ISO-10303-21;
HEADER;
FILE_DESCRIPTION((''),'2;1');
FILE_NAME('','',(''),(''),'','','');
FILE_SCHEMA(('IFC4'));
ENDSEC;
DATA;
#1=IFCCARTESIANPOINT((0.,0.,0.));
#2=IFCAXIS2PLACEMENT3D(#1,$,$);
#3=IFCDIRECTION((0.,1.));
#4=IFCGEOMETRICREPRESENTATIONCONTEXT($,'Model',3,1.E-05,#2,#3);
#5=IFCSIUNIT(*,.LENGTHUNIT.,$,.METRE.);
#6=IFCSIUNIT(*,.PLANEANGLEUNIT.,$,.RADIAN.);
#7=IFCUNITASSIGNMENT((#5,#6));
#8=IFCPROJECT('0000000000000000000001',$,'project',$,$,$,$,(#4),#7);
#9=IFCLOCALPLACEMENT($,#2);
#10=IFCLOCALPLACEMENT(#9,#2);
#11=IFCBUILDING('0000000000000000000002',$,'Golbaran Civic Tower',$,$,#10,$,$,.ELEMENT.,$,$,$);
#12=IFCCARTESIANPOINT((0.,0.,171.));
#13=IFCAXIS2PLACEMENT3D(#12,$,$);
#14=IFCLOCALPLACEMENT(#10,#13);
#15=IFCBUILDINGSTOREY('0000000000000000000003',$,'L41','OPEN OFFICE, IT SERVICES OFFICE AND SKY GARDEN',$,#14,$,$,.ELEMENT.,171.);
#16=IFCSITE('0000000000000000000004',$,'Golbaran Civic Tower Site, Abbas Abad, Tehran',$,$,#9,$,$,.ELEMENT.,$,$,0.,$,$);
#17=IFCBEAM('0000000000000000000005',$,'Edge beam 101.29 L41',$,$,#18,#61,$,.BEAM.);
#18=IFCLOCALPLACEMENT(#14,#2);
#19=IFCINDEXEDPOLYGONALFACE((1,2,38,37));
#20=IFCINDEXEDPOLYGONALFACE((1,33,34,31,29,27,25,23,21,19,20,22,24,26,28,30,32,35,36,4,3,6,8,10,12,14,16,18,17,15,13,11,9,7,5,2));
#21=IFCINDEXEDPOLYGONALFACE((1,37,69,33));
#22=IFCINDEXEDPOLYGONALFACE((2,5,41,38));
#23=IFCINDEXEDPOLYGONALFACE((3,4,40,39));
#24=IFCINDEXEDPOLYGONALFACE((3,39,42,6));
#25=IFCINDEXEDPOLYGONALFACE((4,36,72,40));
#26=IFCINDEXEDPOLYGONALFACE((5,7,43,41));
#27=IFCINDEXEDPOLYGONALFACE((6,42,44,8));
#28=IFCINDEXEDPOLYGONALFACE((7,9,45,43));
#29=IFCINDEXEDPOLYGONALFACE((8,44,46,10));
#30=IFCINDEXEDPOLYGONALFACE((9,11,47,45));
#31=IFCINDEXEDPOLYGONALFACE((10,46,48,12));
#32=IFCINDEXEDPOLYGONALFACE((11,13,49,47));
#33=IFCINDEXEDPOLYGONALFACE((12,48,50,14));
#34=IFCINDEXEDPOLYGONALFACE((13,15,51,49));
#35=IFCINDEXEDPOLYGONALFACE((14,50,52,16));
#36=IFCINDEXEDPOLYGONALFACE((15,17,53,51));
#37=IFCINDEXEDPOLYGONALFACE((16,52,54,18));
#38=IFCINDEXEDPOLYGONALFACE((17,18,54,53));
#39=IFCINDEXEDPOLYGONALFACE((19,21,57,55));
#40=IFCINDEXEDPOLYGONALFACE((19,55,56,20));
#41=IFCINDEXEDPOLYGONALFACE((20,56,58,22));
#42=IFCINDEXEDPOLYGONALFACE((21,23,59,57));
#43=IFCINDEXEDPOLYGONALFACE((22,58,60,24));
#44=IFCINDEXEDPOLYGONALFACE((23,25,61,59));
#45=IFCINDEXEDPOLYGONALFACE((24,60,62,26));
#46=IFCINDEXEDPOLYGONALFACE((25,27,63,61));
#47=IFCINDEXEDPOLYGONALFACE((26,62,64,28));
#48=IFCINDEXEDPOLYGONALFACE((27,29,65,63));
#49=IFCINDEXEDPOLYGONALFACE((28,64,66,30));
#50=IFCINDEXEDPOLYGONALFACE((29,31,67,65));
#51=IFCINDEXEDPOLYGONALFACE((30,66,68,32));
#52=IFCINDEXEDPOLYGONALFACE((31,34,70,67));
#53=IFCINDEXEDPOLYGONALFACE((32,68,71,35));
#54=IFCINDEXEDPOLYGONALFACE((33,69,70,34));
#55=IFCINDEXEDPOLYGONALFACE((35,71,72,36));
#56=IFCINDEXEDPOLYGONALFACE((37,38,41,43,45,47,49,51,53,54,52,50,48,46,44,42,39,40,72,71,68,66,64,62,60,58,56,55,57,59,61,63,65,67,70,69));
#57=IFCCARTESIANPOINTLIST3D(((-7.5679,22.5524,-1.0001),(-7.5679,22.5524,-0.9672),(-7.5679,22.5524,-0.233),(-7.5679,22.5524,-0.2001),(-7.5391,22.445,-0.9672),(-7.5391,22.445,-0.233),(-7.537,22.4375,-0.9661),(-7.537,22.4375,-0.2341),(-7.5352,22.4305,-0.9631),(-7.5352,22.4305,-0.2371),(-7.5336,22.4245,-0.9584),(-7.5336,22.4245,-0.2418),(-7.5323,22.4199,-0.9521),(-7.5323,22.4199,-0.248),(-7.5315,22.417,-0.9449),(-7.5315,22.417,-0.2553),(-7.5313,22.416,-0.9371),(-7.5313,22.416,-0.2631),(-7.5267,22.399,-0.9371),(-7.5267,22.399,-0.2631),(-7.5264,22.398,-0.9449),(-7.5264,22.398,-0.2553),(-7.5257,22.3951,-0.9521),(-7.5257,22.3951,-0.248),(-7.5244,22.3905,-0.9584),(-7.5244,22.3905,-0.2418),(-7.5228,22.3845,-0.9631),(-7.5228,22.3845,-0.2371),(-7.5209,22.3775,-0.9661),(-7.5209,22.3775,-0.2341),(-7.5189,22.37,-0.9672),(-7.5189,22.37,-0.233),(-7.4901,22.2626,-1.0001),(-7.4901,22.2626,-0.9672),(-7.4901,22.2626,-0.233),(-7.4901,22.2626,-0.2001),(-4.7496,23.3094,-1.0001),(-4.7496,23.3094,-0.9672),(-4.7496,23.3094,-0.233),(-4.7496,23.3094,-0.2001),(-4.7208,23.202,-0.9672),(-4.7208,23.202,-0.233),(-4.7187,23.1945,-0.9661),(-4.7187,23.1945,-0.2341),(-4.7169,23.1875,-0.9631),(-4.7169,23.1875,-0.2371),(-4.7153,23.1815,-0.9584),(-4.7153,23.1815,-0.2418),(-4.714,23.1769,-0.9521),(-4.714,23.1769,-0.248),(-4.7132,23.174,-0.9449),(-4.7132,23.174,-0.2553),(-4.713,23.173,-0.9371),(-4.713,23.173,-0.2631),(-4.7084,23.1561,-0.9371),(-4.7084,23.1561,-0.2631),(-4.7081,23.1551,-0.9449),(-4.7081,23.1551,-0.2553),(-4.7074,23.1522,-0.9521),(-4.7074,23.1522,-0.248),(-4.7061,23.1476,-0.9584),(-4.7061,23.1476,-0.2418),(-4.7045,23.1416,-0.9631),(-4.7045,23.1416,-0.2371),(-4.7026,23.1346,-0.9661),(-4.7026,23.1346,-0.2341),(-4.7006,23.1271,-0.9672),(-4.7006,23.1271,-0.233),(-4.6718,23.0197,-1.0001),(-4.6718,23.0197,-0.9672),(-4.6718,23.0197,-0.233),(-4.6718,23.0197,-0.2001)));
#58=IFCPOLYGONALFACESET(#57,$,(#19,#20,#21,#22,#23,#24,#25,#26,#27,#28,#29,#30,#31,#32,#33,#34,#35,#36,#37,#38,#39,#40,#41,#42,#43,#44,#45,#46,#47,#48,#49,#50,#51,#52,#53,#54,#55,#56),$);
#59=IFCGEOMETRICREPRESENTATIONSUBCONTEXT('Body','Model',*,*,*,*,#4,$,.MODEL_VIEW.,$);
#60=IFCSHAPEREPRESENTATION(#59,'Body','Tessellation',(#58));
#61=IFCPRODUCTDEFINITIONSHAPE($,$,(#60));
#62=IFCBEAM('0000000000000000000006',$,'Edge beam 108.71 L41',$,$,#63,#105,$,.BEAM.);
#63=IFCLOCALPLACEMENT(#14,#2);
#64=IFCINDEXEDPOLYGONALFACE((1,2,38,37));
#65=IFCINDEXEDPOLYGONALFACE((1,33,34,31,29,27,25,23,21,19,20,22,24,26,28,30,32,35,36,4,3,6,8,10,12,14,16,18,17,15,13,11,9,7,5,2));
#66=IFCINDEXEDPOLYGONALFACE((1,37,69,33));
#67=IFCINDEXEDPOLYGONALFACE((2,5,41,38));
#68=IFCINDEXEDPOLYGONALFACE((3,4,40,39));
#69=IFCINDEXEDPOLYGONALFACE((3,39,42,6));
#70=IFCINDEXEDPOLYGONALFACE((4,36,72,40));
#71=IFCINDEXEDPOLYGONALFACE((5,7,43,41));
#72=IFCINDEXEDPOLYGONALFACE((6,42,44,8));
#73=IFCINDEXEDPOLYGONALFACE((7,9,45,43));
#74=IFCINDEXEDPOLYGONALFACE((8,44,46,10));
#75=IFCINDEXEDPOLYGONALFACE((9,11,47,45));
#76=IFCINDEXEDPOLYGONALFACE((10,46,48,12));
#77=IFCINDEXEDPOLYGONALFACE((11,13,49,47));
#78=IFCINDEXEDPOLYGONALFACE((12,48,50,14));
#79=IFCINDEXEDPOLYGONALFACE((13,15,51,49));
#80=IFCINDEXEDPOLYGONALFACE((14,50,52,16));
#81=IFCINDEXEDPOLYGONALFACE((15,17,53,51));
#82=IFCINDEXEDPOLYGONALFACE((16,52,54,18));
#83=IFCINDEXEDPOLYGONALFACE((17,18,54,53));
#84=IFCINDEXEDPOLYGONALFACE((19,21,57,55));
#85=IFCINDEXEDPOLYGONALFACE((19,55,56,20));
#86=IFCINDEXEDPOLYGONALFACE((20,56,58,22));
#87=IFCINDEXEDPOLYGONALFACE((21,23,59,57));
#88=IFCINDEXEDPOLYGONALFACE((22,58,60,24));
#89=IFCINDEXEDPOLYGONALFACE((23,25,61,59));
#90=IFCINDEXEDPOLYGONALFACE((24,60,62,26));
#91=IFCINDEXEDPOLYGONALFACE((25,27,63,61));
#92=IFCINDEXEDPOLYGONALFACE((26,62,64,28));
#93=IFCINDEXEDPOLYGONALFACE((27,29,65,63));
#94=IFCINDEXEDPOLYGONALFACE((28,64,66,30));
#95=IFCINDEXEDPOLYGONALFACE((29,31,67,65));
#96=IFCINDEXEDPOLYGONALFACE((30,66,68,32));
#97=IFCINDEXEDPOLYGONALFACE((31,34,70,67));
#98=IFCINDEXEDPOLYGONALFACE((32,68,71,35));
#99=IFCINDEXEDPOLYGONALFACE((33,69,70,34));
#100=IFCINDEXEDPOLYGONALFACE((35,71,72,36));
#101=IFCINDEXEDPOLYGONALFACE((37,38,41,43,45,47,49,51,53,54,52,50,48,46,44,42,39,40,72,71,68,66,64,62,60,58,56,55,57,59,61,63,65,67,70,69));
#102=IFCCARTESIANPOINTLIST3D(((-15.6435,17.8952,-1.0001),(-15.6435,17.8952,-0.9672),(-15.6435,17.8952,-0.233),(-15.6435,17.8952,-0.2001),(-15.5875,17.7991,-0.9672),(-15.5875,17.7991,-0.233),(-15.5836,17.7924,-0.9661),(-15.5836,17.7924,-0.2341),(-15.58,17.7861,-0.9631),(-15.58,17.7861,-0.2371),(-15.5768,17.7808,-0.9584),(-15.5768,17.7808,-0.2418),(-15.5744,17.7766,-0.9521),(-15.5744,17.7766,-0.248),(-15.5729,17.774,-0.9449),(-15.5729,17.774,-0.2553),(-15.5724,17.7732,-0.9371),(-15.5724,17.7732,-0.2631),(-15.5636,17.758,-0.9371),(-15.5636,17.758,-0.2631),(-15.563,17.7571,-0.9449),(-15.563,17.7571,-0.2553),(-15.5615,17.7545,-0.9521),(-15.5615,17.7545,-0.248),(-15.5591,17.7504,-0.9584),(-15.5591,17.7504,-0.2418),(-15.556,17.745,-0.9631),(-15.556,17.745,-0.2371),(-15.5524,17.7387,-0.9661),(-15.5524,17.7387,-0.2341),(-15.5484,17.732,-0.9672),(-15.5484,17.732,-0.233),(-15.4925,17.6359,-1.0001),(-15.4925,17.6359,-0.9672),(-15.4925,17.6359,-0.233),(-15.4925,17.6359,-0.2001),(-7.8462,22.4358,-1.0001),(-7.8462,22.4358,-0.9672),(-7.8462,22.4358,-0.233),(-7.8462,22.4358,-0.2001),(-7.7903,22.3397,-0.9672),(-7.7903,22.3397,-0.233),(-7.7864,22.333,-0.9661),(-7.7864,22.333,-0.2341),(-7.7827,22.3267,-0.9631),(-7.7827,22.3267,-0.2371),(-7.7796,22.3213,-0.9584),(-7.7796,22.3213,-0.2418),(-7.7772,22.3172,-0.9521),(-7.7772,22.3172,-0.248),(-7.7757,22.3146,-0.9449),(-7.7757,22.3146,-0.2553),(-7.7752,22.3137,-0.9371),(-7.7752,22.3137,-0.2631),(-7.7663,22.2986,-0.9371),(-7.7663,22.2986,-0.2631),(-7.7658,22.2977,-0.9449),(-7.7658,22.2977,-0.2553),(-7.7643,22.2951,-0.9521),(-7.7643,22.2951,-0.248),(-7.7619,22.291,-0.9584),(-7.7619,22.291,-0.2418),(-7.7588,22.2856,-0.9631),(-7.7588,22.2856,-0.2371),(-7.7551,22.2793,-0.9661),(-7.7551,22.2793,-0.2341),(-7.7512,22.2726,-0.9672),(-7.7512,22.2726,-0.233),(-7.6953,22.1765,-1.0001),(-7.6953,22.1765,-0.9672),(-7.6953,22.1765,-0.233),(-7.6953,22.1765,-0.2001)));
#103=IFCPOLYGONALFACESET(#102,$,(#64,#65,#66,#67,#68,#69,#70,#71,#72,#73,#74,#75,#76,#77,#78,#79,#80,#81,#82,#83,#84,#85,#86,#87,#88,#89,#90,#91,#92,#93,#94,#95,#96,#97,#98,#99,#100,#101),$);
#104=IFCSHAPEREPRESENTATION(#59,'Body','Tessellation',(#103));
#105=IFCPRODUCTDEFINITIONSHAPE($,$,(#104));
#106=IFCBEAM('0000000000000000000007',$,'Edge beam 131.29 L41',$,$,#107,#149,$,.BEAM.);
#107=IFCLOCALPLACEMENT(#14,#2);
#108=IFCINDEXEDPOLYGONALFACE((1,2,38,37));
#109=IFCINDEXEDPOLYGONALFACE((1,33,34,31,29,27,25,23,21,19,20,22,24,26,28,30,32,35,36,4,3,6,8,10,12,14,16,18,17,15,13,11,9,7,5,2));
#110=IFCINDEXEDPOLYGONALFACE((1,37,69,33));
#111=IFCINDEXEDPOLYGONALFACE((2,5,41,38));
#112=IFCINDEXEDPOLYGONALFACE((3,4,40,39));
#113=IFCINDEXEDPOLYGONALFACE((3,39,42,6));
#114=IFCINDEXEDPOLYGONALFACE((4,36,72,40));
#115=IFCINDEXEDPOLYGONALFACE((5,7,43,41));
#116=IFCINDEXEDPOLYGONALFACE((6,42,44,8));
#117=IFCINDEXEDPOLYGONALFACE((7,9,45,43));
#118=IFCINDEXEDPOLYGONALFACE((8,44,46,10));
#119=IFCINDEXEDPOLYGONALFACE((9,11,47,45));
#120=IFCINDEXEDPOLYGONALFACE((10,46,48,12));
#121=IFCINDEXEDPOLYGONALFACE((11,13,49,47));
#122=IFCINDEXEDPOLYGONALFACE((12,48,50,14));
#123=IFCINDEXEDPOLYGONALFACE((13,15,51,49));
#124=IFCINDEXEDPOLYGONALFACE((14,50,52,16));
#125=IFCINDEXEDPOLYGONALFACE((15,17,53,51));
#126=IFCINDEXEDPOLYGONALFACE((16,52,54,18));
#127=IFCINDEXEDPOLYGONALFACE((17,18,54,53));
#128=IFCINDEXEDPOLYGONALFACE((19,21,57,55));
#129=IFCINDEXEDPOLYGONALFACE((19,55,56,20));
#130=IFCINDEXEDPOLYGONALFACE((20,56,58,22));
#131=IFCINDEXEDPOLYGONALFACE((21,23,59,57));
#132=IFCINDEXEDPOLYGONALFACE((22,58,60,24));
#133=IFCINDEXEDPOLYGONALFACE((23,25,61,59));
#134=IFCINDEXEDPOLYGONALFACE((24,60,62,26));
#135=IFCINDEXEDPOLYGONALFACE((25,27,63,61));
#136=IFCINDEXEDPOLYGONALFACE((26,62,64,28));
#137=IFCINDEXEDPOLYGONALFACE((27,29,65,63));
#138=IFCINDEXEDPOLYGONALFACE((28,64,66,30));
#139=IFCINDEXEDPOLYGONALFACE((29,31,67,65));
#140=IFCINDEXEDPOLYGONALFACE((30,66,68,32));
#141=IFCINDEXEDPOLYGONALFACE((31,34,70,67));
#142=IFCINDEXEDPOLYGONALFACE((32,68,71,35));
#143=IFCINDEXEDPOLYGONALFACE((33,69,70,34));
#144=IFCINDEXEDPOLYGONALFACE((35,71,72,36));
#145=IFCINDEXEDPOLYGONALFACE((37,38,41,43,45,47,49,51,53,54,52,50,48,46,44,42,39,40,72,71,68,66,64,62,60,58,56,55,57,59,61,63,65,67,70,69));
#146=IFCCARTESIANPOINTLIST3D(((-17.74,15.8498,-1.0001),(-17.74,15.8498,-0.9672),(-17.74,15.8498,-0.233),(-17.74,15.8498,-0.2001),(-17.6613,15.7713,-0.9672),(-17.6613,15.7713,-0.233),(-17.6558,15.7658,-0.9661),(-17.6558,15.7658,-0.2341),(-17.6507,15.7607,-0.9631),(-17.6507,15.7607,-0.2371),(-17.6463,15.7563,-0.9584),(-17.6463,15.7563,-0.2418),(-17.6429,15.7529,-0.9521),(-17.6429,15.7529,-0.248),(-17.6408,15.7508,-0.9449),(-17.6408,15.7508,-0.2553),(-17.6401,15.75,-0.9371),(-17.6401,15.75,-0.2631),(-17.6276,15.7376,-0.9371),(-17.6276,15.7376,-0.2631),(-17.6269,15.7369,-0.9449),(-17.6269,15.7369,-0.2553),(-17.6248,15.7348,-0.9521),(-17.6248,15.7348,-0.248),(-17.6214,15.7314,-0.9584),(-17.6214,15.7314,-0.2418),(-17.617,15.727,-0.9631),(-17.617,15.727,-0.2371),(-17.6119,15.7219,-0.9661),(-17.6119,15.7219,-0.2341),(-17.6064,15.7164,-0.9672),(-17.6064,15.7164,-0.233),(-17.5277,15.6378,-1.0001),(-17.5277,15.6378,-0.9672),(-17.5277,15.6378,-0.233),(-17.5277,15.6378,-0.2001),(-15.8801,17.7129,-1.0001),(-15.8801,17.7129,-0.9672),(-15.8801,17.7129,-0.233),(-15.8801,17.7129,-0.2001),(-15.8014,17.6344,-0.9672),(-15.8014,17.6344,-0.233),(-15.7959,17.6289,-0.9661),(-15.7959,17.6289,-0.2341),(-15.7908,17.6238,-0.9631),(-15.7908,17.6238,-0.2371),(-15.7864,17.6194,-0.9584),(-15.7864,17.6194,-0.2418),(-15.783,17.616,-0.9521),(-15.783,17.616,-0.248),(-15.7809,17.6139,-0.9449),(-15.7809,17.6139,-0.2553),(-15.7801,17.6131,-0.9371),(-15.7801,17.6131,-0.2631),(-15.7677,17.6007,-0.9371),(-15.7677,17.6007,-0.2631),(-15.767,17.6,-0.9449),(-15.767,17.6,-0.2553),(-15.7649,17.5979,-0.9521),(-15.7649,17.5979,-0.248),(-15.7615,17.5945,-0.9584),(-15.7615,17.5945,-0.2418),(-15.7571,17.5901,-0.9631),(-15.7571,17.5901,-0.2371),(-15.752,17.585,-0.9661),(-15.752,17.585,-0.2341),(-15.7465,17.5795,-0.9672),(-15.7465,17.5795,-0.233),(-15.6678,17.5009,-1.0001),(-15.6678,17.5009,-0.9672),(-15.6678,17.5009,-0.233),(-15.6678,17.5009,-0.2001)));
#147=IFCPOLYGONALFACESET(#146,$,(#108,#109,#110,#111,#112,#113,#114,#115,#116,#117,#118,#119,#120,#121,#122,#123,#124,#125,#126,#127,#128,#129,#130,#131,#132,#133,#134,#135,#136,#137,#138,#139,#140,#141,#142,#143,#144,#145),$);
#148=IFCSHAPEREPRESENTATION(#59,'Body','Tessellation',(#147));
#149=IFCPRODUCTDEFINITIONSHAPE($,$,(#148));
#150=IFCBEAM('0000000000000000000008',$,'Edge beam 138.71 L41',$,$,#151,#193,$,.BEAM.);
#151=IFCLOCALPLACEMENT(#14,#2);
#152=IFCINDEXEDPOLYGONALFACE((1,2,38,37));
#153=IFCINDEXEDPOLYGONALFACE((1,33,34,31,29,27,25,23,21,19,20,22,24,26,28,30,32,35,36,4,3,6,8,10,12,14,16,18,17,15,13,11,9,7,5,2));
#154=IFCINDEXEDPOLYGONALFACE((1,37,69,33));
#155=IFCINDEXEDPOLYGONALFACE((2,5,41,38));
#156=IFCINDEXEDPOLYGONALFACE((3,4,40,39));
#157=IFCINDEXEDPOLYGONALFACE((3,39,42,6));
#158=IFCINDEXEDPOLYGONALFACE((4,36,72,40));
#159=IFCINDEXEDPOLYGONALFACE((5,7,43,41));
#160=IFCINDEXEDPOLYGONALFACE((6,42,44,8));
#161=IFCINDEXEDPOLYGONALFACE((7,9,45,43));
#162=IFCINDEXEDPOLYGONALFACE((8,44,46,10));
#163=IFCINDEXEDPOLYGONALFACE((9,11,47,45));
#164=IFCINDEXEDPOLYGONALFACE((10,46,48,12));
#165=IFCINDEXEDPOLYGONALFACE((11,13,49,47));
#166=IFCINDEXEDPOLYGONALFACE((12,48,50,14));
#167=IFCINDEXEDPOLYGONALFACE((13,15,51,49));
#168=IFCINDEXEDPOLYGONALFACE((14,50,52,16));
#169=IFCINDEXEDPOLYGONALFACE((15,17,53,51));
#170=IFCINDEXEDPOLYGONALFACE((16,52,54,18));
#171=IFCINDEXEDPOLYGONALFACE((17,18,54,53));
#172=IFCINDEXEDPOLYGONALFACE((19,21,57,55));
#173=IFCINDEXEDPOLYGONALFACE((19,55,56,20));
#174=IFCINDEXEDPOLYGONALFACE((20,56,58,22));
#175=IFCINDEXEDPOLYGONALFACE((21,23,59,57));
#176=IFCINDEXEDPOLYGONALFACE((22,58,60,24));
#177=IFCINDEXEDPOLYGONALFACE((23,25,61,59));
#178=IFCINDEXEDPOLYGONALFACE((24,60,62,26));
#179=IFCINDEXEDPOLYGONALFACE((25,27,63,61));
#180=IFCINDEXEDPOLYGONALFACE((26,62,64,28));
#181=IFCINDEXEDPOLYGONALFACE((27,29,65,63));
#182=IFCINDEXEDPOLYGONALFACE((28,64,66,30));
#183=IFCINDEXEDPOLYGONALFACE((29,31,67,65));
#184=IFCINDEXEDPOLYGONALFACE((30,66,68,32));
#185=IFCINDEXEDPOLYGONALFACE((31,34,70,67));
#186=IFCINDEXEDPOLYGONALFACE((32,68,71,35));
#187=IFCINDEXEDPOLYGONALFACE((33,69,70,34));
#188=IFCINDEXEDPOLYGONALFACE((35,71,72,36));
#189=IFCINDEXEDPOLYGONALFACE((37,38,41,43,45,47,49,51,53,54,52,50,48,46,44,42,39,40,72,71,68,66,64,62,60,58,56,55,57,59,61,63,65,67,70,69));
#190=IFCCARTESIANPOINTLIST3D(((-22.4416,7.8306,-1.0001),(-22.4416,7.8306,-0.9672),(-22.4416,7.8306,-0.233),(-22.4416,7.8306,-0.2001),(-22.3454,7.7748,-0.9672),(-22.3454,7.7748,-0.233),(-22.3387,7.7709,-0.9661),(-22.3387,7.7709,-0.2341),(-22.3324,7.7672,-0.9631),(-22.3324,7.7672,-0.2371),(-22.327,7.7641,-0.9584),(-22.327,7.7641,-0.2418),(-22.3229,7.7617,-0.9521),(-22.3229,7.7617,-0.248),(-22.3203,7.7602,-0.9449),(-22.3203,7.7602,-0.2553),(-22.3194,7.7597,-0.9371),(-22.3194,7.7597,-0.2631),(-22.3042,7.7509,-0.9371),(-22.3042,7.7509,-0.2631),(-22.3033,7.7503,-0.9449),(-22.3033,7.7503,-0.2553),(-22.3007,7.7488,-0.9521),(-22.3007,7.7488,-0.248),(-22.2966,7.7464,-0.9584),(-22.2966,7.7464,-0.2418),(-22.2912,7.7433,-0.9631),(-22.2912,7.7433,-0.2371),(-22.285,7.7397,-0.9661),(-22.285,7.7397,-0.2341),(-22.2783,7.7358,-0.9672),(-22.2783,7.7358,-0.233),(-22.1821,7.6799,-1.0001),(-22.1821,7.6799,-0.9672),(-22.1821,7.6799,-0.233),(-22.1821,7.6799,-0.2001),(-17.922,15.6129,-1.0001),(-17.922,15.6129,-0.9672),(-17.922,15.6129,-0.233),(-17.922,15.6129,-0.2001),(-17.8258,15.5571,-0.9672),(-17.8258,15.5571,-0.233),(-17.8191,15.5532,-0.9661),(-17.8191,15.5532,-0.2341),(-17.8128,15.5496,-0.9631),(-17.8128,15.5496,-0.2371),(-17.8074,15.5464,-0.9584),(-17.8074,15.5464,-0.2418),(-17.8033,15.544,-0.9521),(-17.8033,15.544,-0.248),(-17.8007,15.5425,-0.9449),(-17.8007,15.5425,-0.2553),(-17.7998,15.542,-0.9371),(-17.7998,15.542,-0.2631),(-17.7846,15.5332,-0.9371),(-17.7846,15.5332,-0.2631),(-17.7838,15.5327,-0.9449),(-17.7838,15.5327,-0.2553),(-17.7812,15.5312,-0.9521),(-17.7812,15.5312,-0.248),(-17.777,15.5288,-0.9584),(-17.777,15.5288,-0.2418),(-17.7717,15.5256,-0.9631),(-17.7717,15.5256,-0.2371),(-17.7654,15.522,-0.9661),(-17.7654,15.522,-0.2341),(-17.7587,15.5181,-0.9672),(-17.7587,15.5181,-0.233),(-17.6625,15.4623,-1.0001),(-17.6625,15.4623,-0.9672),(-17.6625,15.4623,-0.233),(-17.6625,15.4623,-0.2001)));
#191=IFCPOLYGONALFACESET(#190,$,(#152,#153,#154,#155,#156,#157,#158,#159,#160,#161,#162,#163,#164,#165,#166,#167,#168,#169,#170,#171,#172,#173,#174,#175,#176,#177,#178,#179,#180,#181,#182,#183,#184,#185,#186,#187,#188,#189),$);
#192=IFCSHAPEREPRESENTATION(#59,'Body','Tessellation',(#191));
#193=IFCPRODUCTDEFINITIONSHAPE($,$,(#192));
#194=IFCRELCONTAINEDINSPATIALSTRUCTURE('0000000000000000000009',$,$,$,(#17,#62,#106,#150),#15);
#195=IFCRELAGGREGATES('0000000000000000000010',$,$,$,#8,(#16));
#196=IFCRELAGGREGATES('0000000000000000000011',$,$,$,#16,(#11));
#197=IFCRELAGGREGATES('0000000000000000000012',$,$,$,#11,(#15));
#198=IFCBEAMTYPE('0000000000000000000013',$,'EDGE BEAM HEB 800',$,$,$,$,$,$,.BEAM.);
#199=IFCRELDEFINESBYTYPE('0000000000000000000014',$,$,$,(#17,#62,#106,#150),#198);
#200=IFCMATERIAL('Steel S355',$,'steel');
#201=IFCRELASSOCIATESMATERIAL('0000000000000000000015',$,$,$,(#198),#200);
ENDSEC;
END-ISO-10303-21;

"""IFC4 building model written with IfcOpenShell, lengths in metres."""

from ifc_helpers import new_model, si_unit, direction, frame, origin, origin_2d, place, context, subcontext, project, spatial, i_section, extrude, material, material_profile, profile_set, type_object, element, save


model = new_model("IFC4")

# Units and contexts
model_context = context("Model", 3, precision=1e-05, world=origin(), true_north=direction((0.0, 1.0)))
body_context = subcontext(model_context, "Body", "Model", "MODEL_VIEW")
ifc_project = project(units=[si_unit("LENGTHUNIT", "METRE"), si_unit("PLANEANGLEUNIT", "RADIAN")], contexts=[model_context])

# Site, building, storey
site_placement = place(None, origin())
site = spatial("IfcSite", under=ifc_project, at=site_placement, Name="Golbaran Civic Tower Site, Abbas Abad, Tehran", CompositionType="ELEMENT", RefElevation=0.0)
building_placement = place(site_placement, origin())
building = spatial("IfcBuilding", under=site, at=building_placement, Name="Golbaran Civic Tower", CompositionType="ELEMENT")
storey_placement = place(building_placement, frame((0.0, 0.0, 171.0)))
storey = spatial("IfcBuildingStorey", under=building, at=storey_placement, Name="L41", Description="OPEN OFFICE, IT SERVICES OFFICE AND SKY GARDEN", CompositionType="ELEMENT", Elevation=171.0)

# Beams
ifc_material_1 = material(Name="Steel S355", Category="steel")
ifc_material_profile_1 = material_profile(ifc_material_1, i_section(OverallWidth=0.3, OverallDepth=0.8, WebThickness=0.0176, FlangeThickness=0.033, FilletRadius=0.03, at=origin_2d()), Name="HEB 800")
ifc_profile_set_1 = profile_set([ifc_material_profile_1], Name="Steel S355")
beam_type_1 = type_object("IfcBeamType", Name="EDGE BEAM HEB 800", PredefinedType="BEAM", material=ifc_profile_set_1)
beam_1_placement = place(storey_placement, frame((-4.7107, 23.1646, -0.6001), z_axis=(-0.965763, -0.259427, 0.0), x_axis=(0.259427, -0.965763, 0.0)))
element("IfcBeam", 1, at=beam_1_placement, inside=storey, type_object=beam_type_1, Name="Edge beam 101.29 L41", PredefinedType="BEAM", context=body_context, shape_type="SweptSolid", body=[
    extrude(i_section(OverallWidth=0.3, OverallDepth=0.8, WebThickness=0.0176, FlangeThickness=0.033, FilletRadius=0.03, at=origin_2d()), origin(), (0.0, 0.0, 1.0), 2.9182),
])
beam_2_placement = place(storey_placement, frame((-7.7708, 22.3062, -0.6001), z_axis=(-0.864155, -0.503227, 0.0), x_axis=(0.503227, -0.864155, 0.0)))
element("IfcBeam", 2, at=beam_2_placement, inside=storey, type_object=beam_type_1, Name="Edge beam 108.71 L41", PredefinedType="BEAM", context=body_context, shape_type="SweptSolid", body=[
    extrude(i_section(OverallWidth=0.3, OverallDepth=0.8, WebThickness=0.0176, FlangeThickness=0.033, FilletRadius=0.03, at=origin_2d()), origin(), (0.0, 0.0, 1.0), 9.0229),
])
beam_3_placement = place(storey_placement, frame((-15.7739, 17.6069, -0.6001), z_axis=(-0.706504, -0.707709, 0.0), x_axis=(0.707709, -0.706504, 0.0)))
element("IfcBeam", 3, at=beam_3_placement, inside=storey, type_object=beam_type_1, Name="Edge beam 131.29 L41", PredefinedType="BEAM", context=body_context, shape_type="SweptSolid", body=[
    extrude(i_section(OverallWidth=0.3, OverallDepth=0.8, WebThickness=0.0176, FlangeThickness=0.033, FilletRadius=0.03, at=origin_2d()), origin(), (0.0, 0.0, 1.0), 2.6326),
])
beam_4_placement = place(storey_placement, frame((-17.7922, 15.5376, -0.6001), z_axis=(-0.502204, -0.864749, 0.0), x_axis=(0.864749, -0.502204, 0.0)))
element("IfcBeam", 4, at=beam_4_placement, inside=storey, type_object=beam_type_1, Name="Edge beam 138.71 L41", PredefinedType="BEAM", context=body_context, shape_type="SweptSolid", body=[
    extrude(i_section(OverallWidth=0.3, OverallDepth=0.8, WebThickness=0.0176, FlangeThickness=0.033, FilletRadius=0.03, at=origin_2d()), origin(), (0.0, 0.0, 1.0), 8.9995),
])

save(model, "model.ifc")
